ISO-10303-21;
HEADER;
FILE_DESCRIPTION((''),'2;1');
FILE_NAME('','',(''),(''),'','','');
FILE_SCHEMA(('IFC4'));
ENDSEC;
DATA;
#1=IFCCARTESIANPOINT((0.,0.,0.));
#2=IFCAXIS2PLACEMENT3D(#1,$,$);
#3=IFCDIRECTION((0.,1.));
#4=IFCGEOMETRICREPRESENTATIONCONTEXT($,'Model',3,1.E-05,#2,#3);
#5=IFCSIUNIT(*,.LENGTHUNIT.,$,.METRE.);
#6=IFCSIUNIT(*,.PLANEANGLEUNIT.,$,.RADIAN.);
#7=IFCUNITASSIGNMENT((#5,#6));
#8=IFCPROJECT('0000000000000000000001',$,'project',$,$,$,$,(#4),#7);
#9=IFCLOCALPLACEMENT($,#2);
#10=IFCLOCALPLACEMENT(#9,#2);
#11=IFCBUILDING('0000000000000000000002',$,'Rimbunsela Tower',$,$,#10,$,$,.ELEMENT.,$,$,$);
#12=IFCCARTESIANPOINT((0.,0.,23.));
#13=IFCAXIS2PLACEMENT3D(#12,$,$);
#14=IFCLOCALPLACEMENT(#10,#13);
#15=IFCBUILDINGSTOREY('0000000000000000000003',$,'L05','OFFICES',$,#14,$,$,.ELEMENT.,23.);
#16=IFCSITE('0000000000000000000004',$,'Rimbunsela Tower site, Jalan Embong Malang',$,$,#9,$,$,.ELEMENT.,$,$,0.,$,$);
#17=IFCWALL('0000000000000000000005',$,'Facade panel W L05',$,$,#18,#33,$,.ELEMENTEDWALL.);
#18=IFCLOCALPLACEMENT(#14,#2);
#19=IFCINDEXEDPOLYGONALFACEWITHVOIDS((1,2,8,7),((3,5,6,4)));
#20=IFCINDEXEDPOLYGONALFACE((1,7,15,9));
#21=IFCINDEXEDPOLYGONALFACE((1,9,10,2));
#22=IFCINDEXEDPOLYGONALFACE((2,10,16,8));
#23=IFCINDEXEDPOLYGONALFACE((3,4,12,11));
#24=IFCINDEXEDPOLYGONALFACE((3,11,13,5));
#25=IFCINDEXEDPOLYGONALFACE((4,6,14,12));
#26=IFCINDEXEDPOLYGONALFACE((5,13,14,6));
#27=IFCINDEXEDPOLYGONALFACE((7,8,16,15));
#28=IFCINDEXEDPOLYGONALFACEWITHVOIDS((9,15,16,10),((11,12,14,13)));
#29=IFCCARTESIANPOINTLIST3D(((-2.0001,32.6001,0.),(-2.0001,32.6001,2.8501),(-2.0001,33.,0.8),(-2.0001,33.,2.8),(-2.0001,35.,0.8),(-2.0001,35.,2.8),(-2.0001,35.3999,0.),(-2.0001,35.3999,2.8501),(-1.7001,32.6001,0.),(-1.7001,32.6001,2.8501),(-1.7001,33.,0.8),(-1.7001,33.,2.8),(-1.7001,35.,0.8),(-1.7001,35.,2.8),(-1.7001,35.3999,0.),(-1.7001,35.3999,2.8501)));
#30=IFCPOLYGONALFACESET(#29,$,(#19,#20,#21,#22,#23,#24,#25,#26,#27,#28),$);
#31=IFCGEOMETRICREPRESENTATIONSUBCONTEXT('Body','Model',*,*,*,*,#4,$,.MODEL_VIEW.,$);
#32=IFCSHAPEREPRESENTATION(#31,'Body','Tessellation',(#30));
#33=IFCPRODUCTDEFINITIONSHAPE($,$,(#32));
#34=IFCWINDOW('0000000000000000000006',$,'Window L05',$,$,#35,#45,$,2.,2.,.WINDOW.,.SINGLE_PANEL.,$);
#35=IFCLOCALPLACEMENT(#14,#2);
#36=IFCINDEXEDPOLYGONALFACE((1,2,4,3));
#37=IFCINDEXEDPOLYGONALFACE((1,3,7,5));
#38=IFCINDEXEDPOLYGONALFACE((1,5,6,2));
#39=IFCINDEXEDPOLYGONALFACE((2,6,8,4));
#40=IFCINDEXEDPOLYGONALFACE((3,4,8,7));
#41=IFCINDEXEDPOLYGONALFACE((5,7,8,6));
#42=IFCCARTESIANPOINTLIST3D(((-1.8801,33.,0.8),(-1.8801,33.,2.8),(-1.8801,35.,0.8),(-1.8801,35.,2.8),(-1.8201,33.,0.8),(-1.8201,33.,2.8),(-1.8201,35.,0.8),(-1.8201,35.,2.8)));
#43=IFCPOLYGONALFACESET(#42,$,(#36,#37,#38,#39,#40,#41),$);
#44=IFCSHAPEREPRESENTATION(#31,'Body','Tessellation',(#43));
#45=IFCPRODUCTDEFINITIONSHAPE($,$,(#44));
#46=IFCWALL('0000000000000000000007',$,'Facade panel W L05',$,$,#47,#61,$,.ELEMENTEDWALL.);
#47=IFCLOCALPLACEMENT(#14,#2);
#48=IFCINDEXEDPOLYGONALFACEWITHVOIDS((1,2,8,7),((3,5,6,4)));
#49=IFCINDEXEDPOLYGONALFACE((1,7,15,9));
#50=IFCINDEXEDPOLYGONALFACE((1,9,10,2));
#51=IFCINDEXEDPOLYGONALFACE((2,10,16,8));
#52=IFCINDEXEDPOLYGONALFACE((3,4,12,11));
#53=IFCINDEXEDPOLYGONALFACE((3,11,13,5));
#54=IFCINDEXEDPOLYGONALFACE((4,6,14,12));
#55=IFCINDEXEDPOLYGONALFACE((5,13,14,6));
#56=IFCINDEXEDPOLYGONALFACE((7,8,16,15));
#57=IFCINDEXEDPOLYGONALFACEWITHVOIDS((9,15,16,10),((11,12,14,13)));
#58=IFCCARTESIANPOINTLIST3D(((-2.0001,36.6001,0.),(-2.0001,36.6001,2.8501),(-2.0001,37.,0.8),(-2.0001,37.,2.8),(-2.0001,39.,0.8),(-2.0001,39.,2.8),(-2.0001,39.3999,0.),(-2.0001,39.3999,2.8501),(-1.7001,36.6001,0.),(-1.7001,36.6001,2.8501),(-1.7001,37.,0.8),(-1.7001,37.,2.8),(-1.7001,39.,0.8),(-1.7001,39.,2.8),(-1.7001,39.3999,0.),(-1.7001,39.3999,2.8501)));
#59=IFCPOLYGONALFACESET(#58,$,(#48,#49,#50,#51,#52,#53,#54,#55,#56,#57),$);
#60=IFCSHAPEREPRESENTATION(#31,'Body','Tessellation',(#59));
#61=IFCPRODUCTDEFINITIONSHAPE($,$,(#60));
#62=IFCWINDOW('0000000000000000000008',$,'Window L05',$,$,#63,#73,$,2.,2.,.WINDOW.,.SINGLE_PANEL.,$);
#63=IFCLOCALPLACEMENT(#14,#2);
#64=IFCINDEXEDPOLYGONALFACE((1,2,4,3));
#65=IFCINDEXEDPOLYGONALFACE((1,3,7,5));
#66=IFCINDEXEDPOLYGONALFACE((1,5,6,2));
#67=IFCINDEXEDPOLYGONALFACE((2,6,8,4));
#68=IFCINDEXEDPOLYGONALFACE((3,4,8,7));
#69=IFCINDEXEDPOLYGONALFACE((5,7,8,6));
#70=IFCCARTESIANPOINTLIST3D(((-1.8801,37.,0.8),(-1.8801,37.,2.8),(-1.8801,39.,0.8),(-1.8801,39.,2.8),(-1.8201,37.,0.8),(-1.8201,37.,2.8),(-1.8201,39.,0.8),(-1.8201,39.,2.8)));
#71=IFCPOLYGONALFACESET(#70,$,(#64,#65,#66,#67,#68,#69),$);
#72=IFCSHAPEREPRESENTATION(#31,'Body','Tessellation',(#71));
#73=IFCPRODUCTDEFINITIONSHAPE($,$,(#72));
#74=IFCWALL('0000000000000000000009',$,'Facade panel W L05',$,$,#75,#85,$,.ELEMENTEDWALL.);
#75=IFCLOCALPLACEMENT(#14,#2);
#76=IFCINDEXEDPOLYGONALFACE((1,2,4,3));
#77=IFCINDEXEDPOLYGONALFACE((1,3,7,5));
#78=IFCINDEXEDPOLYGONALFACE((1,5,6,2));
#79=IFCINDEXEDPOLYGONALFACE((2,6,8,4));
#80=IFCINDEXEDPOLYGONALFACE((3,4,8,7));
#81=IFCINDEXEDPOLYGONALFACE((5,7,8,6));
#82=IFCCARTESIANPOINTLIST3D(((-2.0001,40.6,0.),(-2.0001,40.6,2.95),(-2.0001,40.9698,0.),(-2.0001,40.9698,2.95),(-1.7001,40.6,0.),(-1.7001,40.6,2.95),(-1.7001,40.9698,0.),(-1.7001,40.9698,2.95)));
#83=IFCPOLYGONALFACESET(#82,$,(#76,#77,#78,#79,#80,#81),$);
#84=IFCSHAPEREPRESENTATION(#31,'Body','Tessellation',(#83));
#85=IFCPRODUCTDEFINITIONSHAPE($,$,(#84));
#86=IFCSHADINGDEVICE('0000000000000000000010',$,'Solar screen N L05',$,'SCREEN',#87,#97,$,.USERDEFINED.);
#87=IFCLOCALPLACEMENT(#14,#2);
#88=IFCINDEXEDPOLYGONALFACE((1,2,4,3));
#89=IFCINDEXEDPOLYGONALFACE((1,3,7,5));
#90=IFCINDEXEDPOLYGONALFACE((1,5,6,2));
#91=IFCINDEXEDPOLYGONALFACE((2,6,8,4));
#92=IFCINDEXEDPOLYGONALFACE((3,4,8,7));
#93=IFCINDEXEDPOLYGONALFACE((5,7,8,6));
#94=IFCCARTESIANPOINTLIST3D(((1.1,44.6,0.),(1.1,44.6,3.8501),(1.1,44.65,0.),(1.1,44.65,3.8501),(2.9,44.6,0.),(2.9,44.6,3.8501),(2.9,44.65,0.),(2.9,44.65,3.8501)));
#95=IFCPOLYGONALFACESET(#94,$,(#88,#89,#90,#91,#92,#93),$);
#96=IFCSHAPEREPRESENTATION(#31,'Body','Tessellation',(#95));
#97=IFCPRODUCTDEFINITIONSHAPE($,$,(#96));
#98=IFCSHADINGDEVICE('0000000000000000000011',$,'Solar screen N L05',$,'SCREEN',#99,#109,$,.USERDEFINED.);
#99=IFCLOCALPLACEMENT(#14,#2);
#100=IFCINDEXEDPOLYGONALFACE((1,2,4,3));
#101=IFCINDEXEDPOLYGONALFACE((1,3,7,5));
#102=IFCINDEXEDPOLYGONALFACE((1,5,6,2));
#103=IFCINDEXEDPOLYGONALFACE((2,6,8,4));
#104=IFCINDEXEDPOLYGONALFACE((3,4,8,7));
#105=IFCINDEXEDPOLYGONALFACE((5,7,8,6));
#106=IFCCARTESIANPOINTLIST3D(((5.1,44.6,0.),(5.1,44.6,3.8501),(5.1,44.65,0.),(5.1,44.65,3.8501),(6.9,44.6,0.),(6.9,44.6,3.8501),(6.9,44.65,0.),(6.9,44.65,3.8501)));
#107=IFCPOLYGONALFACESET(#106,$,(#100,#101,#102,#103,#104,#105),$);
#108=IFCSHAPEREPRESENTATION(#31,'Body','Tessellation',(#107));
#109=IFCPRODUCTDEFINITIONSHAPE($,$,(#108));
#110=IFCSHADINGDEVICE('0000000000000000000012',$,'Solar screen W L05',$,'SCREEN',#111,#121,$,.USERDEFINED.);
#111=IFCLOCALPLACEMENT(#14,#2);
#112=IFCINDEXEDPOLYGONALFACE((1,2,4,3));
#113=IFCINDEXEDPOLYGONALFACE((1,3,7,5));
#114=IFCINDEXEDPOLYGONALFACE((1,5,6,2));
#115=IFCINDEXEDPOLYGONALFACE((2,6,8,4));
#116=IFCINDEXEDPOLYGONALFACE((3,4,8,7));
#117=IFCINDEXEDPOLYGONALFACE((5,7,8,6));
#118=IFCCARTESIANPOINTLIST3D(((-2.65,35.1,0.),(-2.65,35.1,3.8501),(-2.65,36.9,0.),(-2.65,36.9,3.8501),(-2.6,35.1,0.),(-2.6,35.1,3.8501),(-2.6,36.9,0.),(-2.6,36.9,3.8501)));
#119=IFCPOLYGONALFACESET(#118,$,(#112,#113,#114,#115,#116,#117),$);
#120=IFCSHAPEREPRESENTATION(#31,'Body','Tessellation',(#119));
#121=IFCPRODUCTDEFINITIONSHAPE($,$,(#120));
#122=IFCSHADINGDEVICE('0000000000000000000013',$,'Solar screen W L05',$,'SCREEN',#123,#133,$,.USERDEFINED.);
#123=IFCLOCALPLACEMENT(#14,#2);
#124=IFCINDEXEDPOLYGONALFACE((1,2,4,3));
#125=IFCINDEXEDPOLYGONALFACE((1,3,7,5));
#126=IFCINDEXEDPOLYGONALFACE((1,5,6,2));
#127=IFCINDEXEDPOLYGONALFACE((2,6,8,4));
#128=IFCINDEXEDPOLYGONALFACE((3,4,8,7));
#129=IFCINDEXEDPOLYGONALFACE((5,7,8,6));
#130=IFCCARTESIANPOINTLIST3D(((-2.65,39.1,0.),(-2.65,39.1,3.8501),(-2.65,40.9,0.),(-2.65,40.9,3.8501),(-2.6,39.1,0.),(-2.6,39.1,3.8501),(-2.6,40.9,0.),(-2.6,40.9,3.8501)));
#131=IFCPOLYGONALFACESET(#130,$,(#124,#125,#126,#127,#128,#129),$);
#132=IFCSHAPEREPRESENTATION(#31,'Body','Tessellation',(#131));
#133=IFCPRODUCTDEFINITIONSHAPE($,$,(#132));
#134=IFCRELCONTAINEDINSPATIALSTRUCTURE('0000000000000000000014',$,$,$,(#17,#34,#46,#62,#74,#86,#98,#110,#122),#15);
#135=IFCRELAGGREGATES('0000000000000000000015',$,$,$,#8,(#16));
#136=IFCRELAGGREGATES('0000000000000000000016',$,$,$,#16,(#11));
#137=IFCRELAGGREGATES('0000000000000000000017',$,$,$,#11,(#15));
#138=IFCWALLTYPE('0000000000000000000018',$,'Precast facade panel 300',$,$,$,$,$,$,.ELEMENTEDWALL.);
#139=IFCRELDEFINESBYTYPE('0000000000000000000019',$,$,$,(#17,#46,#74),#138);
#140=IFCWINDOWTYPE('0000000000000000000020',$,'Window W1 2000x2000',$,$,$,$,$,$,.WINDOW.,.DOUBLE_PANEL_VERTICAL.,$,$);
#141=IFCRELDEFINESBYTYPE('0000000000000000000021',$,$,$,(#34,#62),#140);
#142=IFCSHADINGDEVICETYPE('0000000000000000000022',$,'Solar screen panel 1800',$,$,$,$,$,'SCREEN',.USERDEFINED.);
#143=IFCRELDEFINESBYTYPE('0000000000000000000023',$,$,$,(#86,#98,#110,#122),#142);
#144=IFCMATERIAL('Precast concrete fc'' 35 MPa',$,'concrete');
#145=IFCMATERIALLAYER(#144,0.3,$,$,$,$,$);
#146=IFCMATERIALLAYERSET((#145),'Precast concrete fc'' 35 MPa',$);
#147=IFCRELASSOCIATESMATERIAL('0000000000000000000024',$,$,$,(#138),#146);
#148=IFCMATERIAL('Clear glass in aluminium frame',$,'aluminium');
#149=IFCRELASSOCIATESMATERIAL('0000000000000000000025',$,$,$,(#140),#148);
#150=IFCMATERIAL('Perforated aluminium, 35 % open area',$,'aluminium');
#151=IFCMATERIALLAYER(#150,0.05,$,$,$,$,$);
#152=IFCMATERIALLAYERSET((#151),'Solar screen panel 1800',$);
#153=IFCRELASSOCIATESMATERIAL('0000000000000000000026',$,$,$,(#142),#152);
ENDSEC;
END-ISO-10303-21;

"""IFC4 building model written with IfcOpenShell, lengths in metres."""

from ifc_helpers import new_model, si_unit, direction, frame, frame_2d, origin, origin_2d, place, context, subcontext, project, spatial, rectangle, extrude, material, layer, layer_set, type_object, element, fill, save


model = new_model("IFC4")

# Units and contexts
model_context = context("Model", 3, precision=1e-05, world=origin(), true_north=direction((0.0, 1.0)))
body_context = subcontext(model_context, "Body", "Model", "MODEL_VIEW")
ifc_project = project(units=[si_unit("LENGTHUNIT", "METRE"), si_unit("PLANEANGLEUNIT", "RADIAN")], contexts=[model_context])

# Site, building, storey
site_placement = place(None, origin())
site = spatial("IfcSite", under=ifc_project, at=site_placement, Name="Rimbunsela Tower site, Jalan Embong Malang", CompositionType="ELEMENT", RefElevation=0.0)
building_placement = place(site_placement, origin())
building = spatial("IfcBuilding", under=site, at=building_placement, Name="Rimbunsela Tower", CompositionType="ELEMENT")
storey_placement = place(building_placement, frame((0.0, 0.0, 23.0)))
storey = spatial("IfcBuildingStorey", under=building, at=storey_placement, Name="L05", Description="OFFICES", CompositionType="ELEMENT", Elevation=23.0)

# Shared definitions
ifc_material_1 = material(Name="Precast concrete fc' 35 MPa", Category="concrete")
ifc_layer_1 = layer(ifc_material_1, 0.3)
ifc_layer_set_1 = layer_set([ifc_layer_1], Name="Precast concrete fc' 35 MPa")
wall_type = type_object("IfcWallType", Name="Precast facade panel 300", PredefinedType="ELEMENTEDWALL", material=ifc_layer_set_1)

# Walls, openings, windows
ifc_material_2 = material(Name="Clear glass in aluminium frame", Category="aluminium")
window_type = type_object("IfcWindowType", Name="Window W1 2000x2000", PartitioningType="DOUBLE_PANEL_VERTICAL", PredefinedType="WINDOW", material=ifc_material_2)
wall_1_placement = place(storey_placement, frame((-1.8501, 35.3999, 0.0), z_axis=(0.0, 0.0, 1.0), x_axis=(0.0, -1.0, 0.0)))
wall_1 = element("IfcWall", 1, at=wall_1_placement, inside=storey, type_object=wall_type, Name="Facade panel W L05", PredefinedType="ELEMENTEDWALL", context=body_context, shape_type="SweptSolid", body=[
    extrude(rectangle(XDim=2.7998, YDim=0.3, at=frame_2d((1.3999, 0.0))), origin(), (0.0, 0.0, 1.0), 2.8501),
])
opening_1_placement = place(wall_1_placement, frame((0.3999, 0.0, 0.8)))
opening_1 = element("IfcOpeningElement", 2, at=opening_1_placement, cuts=wall_1, PredefinedType="OPENING", context=body_context, shape_type="SweptSolid", body=[
    extrude(rectangle(XDim=2.0, YDim=2.0, at=frame_2d((1.0, 1.0))), frame((0.0, 0.1599, 0.0), z_axis=(0.0, -1.0, 0.0), x_axis=(1.0, 0.0, 0.0)), (0.0, 0.0, 1.0), 0.3201),
])
window_1_placement = place(opening_1_placement, origin())
window_1 = element("IfcWindow", 3, at=window_1_placement, inside=storey, type_object=window_type, Name="Window L05", OverallHeight=2.0, OverallWidth=2.0, PartitioningType="SINGLE_PANEL", PredefinedType="WINDOW", context=body_context, shape_type="SweptSolid", body=[
    extrude(rectangle(XDim=2.0, YDim=2.0, at=frame_2d((1.0, 1.0))), frame((0.0, 0.03, 0.0), z_axis=(0.0, -1.0, 0.0), x_axis=(1.0, 0.0, 0.0)), (0.0, 0.0, 1.0), 0.0601),
])
fill(opening_1, window_1)
wall_2_placement = place(storey_placement, frame((-1.8501, 39.3999, 0.0), z_axis=(0.0, 0.0, 1.0), x_axis=(0.0, -1.0, 0.0)))
wall_2 = element("IfcWall", 4, at=wall_2_placement, inside=storey, type_object=wall_type, Name="Facade panel W L05", PredefinedType="ELEMENTEDWALL", context=body_context, shape_type="SweptSolid", body=[
    extrude(rectangle(XDim=2.7998, YDim=0.3, at=frame_2d((1.3999, 0.0))), origin(), (0.0, 0.0, 1.0), 2.8501),
])
opening_2_placement = place(wall_2_placement, frame((0.3999, 0.0, 0.8)))
opening_2 = element("IfcOpeningElement", 5, at=opening_2_placement, cuts=wall_2, PredefinedType="OPENING", context=body_context, shape_type="SweptSolid", body=[
    extrude(rectangle(XDim=2.0, YDim=2.0, at=frame_2d((1.0, 1.0))), frame((0.0, 0.1599, 0.0), z_axis=(0.0, -1.0, 0.0), x_axis=(1.0, 0.0, 0.0)), (0.0, 0.0, 1.0), 0.3201),
])
window_2_placement = place(opening_2_placement, origin())
window_2 = element("IfcWindow", 6, at=window_2_placement, inside=storey, type_object=window_type, Name="Window L05", OverallHeight=2.0, OverallWidth=2.0, PartitioningType="SINGLE_PANEL", PredefinedType="WINDOW", context=body_context, shape_type="SweptSolid", body=[
    extrude(rectangle(XDim=2.0, YDim=2.0, at=frame_2d((1.0, 1.0))), frame((0.0, 0.03, 0.0), z_axis=(0.0, -1.0, 0.0), x_axis=(1.0, 0.0, 0.0)), (0.0, 0.0, 1.0), 0.0601),
])
fill(opening_2, window_2)

# Wall
wall_3_placement = place(storey_placement, frame((-1.8501, 40.97, 0.0), z_axis=(0.0, 0.0, 1.0), x_axis=(0.0, -1.0, 0.0)))
element("IfcWall", 7, at=wall_3_placement, inside=storey, type_object=wall_type, Name="Facade panel W L05", PredefinedType="ELEMENTEDWALL", context=body_context, shape_type="SweptSolid", body=[
    extrude(rectangle(XDim=0.3699, YDim=0.3, at=frame_2d((0.1851, 0.0))), origin(), (0.0, 0.0, 1.0), 2.95),
])

# Shading devices
ifc_material_3 = material(Name="Perforated aluminium, 35 % open area", Category="aluminium")
ifc_layer_2 = layer(ifc_material_3, 0.05)
ifc_layer_set_2 = layer_set([ifc_layer_2], Name="Solar screen panel 1800")
shading_device_type = type_object("IfcShadingDeviceType", Name="Solar screen panel 1800", ElementType="SCREEN", PredefinedType="USERDEFINED", material=ifc_layer_set_2)
for number, where, z_axis, x_axis, name in (
    (8, (2.0, 44.625, 0.0), (0.0, 0.0, 1.0), (1.0, 0.0, 0.0), "Solar screen N L05"),
    (9, (6.0, 44.625, 0.0), (0.0, 0.0, 1.0), (1.0, 0.0, 0.0), "Solar screen N L05"),
    (10, (-2.625, 36.0, 0.0), (0.0, 0.0, 1.0), (0.0, 1.0, 0.0), "Solar screen W L05"),
    (11, (-2.625, 40.0, 0.0), (0.0, 0.0, 1.0), (0.0, 1.0, 0.0), "Solar screen W L05"),
):
    element("IfcShadingDevice", number, at=place(storey_placement, frame(where, z_axis=z_axis, x_axis=x_axis)), inside=storey, type_object=shading_device_type, Name=name, ObjectType="SCREEN", PredefinedType="USERDEFINED", context=body_context, shape_type="SweptSolid", body=[
        extrude(rectangle(XDim=1.8, YDim=0.05, at=origin_2d()), origin(), (0.0, 0.0, 1.0), 3.8501),
    ])

save(model, "model.ifc")
